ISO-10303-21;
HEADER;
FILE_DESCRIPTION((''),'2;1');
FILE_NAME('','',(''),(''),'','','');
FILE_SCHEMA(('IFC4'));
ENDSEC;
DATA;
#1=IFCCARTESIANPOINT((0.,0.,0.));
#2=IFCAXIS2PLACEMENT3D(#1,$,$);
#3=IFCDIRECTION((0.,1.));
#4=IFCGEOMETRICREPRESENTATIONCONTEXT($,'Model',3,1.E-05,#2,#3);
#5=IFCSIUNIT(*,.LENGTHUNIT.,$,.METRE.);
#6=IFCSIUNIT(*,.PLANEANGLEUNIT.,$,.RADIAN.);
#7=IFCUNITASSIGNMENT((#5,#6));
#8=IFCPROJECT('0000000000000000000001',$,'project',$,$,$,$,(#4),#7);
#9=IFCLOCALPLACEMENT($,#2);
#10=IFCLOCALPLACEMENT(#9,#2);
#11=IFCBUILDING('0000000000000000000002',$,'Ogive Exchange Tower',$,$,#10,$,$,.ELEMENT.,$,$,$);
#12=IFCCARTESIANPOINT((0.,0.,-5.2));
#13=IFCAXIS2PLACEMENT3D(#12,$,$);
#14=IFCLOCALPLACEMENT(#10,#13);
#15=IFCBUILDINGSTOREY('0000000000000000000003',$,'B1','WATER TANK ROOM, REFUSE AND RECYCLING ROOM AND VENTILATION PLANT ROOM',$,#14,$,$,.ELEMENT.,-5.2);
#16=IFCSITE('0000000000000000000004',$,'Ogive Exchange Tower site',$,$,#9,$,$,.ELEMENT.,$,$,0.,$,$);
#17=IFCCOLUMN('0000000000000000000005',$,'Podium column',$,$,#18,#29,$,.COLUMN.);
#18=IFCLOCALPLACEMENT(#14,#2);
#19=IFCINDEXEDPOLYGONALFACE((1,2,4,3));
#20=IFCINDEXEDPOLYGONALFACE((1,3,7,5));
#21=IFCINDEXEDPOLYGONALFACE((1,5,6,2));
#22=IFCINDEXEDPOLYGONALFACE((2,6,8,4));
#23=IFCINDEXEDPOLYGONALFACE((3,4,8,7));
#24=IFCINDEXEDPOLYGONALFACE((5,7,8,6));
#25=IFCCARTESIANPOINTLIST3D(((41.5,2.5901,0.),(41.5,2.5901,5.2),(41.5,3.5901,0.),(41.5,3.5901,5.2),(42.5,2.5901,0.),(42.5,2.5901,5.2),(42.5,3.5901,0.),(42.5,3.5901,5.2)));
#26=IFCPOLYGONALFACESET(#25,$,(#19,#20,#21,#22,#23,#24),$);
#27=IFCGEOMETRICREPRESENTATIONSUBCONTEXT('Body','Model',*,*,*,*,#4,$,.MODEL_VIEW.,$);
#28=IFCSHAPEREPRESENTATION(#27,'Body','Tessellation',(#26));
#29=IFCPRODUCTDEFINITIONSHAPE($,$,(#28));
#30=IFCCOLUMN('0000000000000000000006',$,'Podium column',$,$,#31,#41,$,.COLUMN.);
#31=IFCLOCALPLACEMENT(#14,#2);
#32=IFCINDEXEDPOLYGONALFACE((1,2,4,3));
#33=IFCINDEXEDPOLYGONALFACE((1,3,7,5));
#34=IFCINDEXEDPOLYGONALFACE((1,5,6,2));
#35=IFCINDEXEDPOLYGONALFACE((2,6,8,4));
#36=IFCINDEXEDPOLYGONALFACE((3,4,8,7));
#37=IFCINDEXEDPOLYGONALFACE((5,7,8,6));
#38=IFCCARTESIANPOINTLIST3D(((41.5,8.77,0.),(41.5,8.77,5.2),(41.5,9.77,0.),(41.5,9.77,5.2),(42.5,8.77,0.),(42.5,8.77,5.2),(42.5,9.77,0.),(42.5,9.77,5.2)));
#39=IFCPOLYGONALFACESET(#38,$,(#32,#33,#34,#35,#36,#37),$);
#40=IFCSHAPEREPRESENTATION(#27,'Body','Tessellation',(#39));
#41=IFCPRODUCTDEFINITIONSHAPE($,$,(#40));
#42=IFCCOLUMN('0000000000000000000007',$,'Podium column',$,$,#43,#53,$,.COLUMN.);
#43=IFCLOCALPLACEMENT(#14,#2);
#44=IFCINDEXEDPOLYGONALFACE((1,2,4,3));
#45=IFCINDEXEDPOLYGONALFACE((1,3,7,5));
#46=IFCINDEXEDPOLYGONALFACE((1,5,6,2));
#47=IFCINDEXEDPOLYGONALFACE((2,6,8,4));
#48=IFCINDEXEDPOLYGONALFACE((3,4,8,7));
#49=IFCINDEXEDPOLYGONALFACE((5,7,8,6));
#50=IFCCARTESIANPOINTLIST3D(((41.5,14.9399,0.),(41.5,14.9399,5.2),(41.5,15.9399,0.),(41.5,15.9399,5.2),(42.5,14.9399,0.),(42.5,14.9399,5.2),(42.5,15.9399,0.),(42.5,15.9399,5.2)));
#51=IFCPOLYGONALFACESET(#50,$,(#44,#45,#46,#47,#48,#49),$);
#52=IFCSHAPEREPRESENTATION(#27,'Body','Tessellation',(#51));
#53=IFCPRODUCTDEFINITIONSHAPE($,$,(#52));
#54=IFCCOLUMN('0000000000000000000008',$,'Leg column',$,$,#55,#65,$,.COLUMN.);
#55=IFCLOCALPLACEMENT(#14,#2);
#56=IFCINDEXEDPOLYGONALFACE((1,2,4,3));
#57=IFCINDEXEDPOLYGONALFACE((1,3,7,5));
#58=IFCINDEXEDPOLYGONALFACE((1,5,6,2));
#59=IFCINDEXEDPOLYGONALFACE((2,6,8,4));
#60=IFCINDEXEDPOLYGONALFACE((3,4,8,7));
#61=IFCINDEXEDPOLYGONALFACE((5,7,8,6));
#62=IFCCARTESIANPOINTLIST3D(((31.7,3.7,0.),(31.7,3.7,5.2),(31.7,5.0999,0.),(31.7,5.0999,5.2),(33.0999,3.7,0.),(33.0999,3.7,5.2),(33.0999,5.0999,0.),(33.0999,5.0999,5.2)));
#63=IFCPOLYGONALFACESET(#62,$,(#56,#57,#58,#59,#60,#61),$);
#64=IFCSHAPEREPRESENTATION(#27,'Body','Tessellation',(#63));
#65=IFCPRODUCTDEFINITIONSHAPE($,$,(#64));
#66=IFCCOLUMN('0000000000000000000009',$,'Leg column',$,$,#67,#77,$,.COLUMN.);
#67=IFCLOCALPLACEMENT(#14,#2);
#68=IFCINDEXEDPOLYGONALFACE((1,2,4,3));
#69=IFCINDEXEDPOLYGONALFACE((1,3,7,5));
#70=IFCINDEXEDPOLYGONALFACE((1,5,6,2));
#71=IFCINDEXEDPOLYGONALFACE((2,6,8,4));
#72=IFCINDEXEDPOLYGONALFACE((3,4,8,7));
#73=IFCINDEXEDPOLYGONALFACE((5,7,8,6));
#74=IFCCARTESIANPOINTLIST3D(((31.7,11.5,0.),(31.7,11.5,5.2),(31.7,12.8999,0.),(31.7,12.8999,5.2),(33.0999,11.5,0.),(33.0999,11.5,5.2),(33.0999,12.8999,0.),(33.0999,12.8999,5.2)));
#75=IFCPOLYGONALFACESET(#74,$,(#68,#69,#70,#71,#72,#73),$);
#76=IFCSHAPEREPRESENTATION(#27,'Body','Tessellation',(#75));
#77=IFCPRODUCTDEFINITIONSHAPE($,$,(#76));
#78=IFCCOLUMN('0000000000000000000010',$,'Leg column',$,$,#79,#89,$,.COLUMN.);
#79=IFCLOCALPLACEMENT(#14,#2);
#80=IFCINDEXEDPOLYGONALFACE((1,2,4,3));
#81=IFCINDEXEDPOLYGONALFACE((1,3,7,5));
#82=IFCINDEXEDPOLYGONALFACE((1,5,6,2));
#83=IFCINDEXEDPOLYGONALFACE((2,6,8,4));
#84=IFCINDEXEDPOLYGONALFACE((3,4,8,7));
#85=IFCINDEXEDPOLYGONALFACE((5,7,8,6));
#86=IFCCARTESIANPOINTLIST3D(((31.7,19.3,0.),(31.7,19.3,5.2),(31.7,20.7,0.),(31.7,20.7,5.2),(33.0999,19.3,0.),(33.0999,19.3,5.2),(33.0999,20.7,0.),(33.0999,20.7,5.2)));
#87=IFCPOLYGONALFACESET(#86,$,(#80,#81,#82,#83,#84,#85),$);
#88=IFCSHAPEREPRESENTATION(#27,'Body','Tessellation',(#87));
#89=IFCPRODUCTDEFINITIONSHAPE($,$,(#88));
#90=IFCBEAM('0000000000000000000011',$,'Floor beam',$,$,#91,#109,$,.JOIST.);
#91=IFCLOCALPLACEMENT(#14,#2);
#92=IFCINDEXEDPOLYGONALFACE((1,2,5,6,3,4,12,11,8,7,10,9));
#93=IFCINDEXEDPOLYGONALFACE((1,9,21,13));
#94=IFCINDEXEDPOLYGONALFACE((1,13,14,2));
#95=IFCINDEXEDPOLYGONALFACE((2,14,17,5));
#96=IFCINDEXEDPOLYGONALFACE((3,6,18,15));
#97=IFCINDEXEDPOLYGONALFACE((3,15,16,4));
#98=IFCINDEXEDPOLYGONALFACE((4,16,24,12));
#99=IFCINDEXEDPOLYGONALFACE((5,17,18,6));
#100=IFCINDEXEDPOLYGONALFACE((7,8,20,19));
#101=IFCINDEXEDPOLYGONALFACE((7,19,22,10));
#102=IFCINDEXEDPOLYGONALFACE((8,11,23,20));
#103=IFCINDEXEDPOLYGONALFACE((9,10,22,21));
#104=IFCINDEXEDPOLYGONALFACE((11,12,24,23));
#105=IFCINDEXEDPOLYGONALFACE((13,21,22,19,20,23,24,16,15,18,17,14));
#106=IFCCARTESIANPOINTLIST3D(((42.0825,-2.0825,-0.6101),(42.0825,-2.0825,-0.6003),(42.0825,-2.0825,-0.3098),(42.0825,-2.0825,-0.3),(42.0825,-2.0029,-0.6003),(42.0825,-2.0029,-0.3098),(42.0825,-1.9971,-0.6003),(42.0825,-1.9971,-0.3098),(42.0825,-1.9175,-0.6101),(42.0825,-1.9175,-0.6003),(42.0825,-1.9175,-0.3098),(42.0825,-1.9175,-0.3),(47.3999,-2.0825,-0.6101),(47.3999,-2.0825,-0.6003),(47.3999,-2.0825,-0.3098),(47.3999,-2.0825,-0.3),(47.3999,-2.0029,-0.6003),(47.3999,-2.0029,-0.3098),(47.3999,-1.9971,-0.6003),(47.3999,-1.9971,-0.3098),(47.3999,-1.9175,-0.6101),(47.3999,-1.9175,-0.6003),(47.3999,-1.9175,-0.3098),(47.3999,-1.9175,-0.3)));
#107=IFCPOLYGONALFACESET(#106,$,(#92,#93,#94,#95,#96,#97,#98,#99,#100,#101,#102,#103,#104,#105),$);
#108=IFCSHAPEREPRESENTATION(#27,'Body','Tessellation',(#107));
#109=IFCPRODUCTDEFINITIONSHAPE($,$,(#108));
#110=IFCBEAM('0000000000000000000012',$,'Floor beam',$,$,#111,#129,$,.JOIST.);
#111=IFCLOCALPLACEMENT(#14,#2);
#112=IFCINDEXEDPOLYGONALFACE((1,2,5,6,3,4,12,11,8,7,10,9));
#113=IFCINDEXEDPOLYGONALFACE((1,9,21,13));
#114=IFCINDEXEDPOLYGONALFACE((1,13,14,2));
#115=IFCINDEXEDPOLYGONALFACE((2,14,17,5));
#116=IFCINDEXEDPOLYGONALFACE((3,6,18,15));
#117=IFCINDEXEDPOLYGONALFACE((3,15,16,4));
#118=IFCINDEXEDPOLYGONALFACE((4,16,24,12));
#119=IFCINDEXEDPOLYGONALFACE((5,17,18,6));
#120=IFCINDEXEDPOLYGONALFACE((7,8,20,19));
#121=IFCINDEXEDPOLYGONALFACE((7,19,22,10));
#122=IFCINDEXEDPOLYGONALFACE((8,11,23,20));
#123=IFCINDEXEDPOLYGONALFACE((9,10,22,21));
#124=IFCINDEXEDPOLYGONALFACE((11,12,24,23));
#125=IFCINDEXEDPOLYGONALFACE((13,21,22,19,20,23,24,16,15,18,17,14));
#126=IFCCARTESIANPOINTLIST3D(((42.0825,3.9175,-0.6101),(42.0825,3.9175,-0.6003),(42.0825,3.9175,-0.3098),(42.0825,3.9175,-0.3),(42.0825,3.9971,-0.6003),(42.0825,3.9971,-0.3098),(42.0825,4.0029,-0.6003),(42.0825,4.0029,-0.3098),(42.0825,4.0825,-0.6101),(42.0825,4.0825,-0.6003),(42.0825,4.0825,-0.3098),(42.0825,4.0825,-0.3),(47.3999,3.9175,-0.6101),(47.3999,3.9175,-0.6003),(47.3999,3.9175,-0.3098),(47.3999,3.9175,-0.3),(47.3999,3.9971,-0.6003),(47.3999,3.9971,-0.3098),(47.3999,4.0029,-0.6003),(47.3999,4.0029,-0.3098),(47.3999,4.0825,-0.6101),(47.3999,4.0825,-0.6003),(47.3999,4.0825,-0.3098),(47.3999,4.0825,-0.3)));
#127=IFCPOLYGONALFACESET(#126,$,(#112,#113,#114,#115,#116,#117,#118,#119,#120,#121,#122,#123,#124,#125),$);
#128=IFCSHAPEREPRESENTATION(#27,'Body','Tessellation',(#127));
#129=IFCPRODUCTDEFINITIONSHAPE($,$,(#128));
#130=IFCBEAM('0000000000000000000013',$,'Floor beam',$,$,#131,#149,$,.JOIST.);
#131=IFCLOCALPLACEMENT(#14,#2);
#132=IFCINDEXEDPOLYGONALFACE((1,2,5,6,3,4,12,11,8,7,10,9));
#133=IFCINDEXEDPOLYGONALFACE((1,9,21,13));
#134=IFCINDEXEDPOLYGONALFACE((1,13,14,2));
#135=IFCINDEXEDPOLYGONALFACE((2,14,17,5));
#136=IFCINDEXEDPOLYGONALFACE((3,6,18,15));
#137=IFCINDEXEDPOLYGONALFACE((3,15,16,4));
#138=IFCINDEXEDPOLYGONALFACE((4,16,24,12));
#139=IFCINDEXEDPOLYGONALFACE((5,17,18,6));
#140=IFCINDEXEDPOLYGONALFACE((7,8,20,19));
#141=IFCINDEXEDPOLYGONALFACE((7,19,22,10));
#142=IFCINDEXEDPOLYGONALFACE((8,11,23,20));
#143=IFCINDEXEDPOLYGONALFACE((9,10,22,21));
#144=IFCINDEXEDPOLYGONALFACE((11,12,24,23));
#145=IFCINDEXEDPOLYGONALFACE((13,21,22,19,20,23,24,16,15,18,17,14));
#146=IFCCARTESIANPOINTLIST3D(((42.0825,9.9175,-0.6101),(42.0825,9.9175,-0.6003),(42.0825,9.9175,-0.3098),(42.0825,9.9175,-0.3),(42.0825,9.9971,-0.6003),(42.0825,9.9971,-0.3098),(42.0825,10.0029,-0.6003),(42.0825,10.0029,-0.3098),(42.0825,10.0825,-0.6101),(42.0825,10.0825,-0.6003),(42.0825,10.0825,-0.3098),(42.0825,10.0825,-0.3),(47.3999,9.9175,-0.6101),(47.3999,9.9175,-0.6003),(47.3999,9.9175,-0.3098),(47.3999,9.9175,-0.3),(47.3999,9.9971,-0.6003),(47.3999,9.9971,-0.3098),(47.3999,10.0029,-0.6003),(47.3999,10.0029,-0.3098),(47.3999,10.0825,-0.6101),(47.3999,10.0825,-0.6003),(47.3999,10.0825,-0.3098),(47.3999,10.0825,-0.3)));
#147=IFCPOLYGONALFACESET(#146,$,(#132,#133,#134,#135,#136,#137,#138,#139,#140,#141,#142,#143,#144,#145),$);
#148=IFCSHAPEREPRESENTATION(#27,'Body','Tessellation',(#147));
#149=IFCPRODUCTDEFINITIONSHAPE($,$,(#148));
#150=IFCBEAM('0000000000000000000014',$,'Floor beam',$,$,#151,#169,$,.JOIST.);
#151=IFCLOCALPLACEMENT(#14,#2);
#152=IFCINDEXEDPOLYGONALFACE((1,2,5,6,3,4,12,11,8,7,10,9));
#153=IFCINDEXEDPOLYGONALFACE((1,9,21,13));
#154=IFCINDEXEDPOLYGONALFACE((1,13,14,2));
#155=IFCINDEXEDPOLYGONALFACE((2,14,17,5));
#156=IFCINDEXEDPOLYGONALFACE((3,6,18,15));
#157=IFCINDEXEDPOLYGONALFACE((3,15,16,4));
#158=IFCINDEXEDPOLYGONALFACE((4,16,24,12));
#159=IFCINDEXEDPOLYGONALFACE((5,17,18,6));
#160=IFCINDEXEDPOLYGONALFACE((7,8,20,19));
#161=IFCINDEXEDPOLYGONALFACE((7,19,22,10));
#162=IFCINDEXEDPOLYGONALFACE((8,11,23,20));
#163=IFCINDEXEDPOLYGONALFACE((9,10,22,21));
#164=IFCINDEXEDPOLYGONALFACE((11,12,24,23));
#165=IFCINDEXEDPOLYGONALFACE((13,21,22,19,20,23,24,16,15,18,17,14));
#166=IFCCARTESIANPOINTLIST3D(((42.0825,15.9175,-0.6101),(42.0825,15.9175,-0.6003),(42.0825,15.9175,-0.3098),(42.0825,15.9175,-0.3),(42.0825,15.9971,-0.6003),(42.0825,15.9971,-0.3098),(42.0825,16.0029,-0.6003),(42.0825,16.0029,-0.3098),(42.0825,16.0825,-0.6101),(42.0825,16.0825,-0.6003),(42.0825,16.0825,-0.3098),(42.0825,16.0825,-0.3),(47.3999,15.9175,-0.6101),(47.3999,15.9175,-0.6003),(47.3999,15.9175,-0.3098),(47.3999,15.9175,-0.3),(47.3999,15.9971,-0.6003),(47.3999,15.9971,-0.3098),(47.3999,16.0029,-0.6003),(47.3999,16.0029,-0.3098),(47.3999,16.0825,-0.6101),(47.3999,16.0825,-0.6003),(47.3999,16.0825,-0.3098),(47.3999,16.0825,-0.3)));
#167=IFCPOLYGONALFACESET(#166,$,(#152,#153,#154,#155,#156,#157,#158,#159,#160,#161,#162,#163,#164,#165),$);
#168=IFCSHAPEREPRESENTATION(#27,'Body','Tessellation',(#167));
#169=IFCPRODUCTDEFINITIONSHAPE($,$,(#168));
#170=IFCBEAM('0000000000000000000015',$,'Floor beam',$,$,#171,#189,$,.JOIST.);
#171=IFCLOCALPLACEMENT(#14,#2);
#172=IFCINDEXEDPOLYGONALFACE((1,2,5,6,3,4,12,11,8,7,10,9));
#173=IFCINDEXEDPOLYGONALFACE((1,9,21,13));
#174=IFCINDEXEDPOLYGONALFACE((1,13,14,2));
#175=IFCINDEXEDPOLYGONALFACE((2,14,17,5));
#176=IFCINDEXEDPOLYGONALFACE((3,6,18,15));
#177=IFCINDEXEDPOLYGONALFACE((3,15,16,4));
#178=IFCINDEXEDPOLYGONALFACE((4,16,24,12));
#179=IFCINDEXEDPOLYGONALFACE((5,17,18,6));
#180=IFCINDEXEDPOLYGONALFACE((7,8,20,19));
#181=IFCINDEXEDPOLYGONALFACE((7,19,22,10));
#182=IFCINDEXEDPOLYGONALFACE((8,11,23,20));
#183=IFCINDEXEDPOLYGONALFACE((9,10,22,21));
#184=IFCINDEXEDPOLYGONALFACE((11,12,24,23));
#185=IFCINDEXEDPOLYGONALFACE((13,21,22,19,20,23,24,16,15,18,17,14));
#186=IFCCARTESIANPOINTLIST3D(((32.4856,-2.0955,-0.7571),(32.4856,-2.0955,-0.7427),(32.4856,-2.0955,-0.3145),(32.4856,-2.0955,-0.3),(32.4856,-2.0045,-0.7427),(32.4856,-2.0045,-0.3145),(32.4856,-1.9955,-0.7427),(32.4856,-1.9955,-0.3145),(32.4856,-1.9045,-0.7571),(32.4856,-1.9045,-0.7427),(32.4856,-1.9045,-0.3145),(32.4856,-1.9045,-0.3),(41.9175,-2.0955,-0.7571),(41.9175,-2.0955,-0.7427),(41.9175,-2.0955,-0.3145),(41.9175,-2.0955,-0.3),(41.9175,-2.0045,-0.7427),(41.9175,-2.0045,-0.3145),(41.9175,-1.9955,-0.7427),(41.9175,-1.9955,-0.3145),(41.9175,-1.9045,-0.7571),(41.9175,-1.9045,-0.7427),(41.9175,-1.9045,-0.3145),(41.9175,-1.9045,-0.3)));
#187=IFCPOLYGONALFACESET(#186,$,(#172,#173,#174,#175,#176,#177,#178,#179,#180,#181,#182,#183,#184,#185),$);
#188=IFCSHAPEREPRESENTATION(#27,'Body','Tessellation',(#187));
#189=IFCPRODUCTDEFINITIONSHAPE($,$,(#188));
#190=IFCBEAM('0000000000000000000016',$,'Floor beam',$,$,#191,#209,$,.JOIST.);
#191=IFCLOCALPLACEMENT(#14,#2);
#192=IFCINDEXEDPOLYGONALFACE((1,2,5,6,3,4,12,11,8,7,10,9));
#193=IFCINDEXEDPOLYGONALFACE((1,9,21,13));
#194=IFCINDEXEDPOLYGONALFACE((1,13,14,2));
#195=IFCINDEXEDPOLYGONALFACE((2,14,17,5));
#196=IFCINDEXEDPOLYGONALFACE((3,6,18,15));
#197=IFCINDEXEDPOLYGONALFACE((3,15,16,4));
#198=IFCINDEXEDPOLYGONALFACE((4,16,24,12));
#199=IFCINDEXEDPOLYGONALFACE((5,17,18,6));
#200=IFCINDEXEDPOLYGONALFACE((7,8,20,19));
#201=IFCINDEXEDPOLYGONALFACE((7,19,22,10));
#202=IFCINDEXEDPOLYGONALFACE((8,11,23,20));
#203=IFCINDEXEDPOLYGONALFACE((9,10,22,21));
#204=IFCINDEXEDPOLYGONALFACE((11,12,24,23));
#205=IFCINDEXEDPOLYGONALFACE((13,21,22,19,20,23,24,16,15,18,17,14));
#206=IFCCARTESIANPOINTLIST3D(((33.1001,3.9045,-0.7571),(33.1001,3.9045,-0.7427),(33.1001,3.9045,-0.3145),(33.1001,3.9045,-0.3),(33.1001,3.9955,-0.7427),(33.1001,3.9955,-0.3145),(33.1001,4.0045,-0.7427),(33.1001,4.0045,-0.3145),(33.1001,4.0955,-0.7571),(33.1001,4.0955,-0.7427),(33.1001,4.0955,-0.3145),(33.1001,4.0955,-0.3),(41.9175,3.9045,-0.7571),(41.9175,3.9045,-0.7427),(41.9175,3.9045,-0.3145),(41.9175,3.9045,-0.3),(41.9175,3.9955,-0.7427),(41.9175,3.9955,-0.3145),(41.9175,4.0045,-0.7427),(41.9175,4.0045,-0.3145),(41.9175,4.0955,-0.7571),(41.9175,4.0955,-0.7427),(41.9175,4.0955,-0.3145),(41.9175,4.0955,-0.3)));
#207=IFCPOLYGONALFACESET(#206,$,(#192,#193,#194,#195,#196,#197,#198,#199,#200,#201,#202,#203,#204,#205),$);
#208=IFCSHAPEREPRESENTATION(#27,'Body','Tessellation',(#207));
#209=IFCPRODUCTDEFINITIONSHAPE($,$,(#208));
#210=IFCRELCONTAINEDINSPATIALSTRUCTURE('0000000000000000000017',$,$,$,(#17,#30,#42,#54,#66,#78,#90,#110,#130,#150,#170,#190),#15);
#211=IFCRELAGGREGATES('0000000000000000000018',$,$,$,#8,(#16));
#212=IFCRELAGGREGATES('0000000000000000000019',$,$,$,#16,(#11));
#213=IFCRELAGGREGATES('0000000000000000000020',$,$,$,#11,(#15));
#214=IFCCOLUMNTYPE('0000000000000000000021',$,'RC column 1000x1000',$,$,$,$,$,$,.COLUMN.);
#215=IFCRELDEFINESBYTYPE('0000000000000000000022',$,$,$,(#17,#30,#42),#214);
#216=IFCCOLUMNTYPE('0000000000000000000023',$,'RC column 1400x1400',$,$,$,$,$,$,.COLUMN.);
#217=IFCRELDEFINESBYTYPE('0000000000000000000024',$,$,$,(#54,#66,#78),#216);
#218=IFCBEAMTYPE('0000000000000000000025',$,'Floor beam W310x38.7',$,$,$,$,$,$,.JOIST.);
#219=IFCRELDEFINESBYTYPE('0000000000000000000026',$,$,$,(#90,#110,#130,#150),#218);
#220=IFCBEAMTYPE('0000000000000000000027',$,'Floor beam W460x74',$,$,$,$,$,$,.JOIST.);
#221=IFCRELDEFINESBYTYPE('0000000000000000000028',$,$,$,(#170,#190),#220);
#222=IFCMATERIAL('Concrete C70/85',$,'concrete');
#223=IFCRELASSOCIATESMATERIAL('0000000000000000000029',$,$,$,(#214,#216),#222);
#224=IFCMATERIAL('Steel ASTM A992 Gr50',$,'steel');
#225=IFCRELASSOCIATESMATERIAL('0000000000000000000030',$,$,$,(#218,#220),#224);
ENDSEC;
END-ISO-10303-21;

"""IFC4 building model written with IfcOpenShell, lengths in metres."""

from ifc_helpers import new_model, si_unit, direction, frame, origin, origin_2d, place, context, subcontext, project, spatial, rectangle, i_section, extrude, material, material_profile, profile_set, type_object, element, save


model = new_model("IFC4")

# Units and contexts
model_context = context("Model", 3, precision=1e-05, world=origin(), true_north=direction((0.0, 1.0)))
body_context = subcontext(model_context, "Body", "Model", "MODEL_VIEW")
ifc_project = project(units=[si_unit("LENGTHUNIT", "METRE"), si_unit("PLANEANGLEUNIT", "RADIAN")], contexts=[model_context])

# Site, building, storey
site_placement = place(None, origin())
site = spatial("IfcSite", under=ifc_project, at=site_placement, Name="Ogive Exchange Tower site", CompositionType="ELEMENT", RefElevation=0.0)
building_placement = place(site_placement, origin())
building = spatial("IfcBuilding", under=site, at=building_placement, Name="Ogive Exchange Tower", CompositionType="ELEMENT")
storey_placement = place(building_placement, frame((0.0, 0.0, -5.2)))
storey = spatial("IfcBuildingStorey", under=building, at=storey_placement, Name="B1", Description="WATER TANK ROOM, REFUSE AND RECYCLING ROOM AND VENTILATION PLANT ROOM", CompositionType="ELEMENT", Elevation=-5.2)

# Columns
ifc_material_1 = material(Name="Concrete C70/85", Category="concrete")
ifc_material_profile_1 = material_profile(ifc_material_1, rectangle(XDim=1.0, YDim=1.0, at=origin_2d()), Name="RC 1000x1000")
ifc_profile_set_1 = profile_set([ifc_material_profile_1], Name="Concrete C70/85")
column_type_1 = type_object("IfcColumnType", Name="RC column 1000x1000", PredefinedType="COLUMN", material=ifc_profile_set_1)
for number, where, z_axis, x_axis, name in (
    (1, (42.0, 3.0901, 0.0), (0.0, 0.0, 1.0), (1.0, 0.0, 0.0), "Podium column"),
    (2, (42.0, 9.27, 0.0), (0.0, 0.0, 1.0), (1.0, 0.0, 0.0), "Podium column"),
    (3, (42.0, 15.4399, 0.0), (0.0, 0.0, 1.0), (1.0, 0.0, 0.0), "Podium column"),
):
    element("IfcColumn", number, at=place(storey_placement, frame(where, z_axis=z_axis, x_axis=x_axis)), inside=storey, type_object=column_type_1, Name=name, PredefinedType="COLUMN", context=body_context, shape_type="SweptSolid", body=[
        extrude(rectangle(XDim=1.0, YDim=1.0, at=origin_2d()), origin(), (0.0, 0.0, 1.0), 5.2),
    ])
ifc_material_profile_2 = material_profile(ifc_material_1, rectangle(XDim=1.3999, YDim=1.3999, at=origin_2d()), Name="RC 1400x1400")
ifc_profile_set_2 = profile_set([ifc_material_profile_2], Name="Concrete C70/85")
column_type_2 = type_object("IfcColumnType", Name="RC column 1400x1400", PredefinedType="COLUMN", material=ifc_profile_set_2)
for number, where, z_axis, x_axis, name in (
    (4, (32.3999, 4.3999, 0.0), (0.0, 0.0, 1.0), (1.0, 0.0, 0.0), "Leg column"),
    (5, (32.3999, 12.2, 0.0), (0.0, 0.0, 1.0), (1.0, 0.0, 0.0), "Leg column"),
    (6, (32.3999, 20.0, 0.0), (0.0, 0.0, 1.0), (1.0, 0.0, 0.0), "Leg column"),
):
    element("IfcColumn", number, at=place(storey_placement, frame(where, z_axis=z_axis, x_axis=x_axis)), inside=storey, type_object=column_type_2, Name=name, PredefinedType="COLUMN", context=body_context, shape_type="SweptSolid", body=[
        extrude(rectangle(XDim=1.3999, YDim=1.3999, at=origin_2d()), origin(), (0.0, 0.0, 1.0), 5.2),
    ])

# Beams
ifc_material_2 = material(Name="Steel ASTM A992 Gr50", Category="steel")
ifc_material_profile_3 = material_profile(ifc_material_2, i_section(OverallWidth=0.165, OverallDepth=0.3101, WebThickness=0.0059, FlangeThickness=0.0098, at=origin_2d()), Name="W310x38.7")
ifc_profile_set_3 = profile_set([ifc_material_profile_3], Name="Steel ASTM A992 Gr50")
beam_type_1 = type_object("IfcBeamType", Name="Floor beam W310x38.7", PredefinedType="JOIST", material=ifc_profile_set_3)
for number, where, z_axis, x_axis, name in (
    (7, (42.0825, -2.0, -0.4551), (1.0, 0.0, 0.0), (0.0, 1.0, 0.0), "Floor beam"),
    (8, (42.0825, 4.0, -0.4551), (1.0, 0.0, 0.0), (0.0, 1.0, 0.0), "Floor beam"),
    (9, (42.0825, 10.0, -0.4551), (1.0, 0.0, 0.0), (0.0, 1.0, 0.0), "Floor beam"),
    (10, (42.0825, 16.0, -0.4551), (1.0, 0.0, 0.0), (0.0, 1.0, 0.0), "Floor beam"),
):
    element("IfcBeam", number, at=place(storey_placement, frame(where, z_axis=z_axis, x_axis=x_axis)), inside=storey, type_object=beam_type_1, Name=name, PredefinedType="JOIST", context=body_context, shape_type="SweptSolid", body=[
        extrude(i_section(OverallWidth=0.165, OverallDepth=0.3101, WebThickness=0.0059, FlangeThickness=0.0098, at=origin_2d()), origin(), (0.0, 0.0, 1.0), 5.3174),
    ])
ifc_material_profile_4 = material_profile(ifc_material_2, i_section(OverallWidth=0.1909, OverallDepth=0.457, WebThickness=0.009, FlangeThickness=0.0144, at=origin_2d()), Name="W460x74")
ifc_profile_set_4 = profile_set([ifc_material_profile_4], Name="Steel ASTM A992 Gr50")
beam_type_2 = type_object("IfcBeamType", Name="Floor beam W460x74", PredefinedType="JOIST", material=ifc_profile_set_4)
beam_1_placement = place(storey_placement, frame((32.4856, -2.0, -0.5286), z_axis=(1.0, 0.0, 0.0), x_axis=(0.0, 1.0, 0.0)))
element("IfcBeam", 11, at=beam_1_placement, inside=storey, type_object=beam_type_2, Name="Floor beam", PredefinedType="JOIST", context=body_context, shape_type="SweptSolid", body=[
    extrude(i_section(OverallWidth=0.1909, OverallDepth=0.457, WebThickness=0.009, FlangeThickness=0.0144, at=origin_2d()), origin(), (0.0, 0.0, 1.0), 9.4319),
])
beam_2_placement = place(storey_placement, frame((33.1001, 4.0, -0.5286), z_axis=(1.0, 0.0, 0.0), x_axis=(0.0, 1.0, 0.0)))
element("IfcBeam", 12, at=beam_2_placement, inside=storey, type_object=beam_type_2, Name="Floor beam", PredefinedType="JOIST", context=body_context, shape_type="SweptSolid", body=[
    extrude(i_section(OverallWidth=0.1909, OverallDepth=0.457, WebThickness=0.009, FlangeThickness=0.0144, at=origin_2d()), origin(), (0.0, 0.0, 1.0), 8.8174),
])

save(model, "model.ifc")
